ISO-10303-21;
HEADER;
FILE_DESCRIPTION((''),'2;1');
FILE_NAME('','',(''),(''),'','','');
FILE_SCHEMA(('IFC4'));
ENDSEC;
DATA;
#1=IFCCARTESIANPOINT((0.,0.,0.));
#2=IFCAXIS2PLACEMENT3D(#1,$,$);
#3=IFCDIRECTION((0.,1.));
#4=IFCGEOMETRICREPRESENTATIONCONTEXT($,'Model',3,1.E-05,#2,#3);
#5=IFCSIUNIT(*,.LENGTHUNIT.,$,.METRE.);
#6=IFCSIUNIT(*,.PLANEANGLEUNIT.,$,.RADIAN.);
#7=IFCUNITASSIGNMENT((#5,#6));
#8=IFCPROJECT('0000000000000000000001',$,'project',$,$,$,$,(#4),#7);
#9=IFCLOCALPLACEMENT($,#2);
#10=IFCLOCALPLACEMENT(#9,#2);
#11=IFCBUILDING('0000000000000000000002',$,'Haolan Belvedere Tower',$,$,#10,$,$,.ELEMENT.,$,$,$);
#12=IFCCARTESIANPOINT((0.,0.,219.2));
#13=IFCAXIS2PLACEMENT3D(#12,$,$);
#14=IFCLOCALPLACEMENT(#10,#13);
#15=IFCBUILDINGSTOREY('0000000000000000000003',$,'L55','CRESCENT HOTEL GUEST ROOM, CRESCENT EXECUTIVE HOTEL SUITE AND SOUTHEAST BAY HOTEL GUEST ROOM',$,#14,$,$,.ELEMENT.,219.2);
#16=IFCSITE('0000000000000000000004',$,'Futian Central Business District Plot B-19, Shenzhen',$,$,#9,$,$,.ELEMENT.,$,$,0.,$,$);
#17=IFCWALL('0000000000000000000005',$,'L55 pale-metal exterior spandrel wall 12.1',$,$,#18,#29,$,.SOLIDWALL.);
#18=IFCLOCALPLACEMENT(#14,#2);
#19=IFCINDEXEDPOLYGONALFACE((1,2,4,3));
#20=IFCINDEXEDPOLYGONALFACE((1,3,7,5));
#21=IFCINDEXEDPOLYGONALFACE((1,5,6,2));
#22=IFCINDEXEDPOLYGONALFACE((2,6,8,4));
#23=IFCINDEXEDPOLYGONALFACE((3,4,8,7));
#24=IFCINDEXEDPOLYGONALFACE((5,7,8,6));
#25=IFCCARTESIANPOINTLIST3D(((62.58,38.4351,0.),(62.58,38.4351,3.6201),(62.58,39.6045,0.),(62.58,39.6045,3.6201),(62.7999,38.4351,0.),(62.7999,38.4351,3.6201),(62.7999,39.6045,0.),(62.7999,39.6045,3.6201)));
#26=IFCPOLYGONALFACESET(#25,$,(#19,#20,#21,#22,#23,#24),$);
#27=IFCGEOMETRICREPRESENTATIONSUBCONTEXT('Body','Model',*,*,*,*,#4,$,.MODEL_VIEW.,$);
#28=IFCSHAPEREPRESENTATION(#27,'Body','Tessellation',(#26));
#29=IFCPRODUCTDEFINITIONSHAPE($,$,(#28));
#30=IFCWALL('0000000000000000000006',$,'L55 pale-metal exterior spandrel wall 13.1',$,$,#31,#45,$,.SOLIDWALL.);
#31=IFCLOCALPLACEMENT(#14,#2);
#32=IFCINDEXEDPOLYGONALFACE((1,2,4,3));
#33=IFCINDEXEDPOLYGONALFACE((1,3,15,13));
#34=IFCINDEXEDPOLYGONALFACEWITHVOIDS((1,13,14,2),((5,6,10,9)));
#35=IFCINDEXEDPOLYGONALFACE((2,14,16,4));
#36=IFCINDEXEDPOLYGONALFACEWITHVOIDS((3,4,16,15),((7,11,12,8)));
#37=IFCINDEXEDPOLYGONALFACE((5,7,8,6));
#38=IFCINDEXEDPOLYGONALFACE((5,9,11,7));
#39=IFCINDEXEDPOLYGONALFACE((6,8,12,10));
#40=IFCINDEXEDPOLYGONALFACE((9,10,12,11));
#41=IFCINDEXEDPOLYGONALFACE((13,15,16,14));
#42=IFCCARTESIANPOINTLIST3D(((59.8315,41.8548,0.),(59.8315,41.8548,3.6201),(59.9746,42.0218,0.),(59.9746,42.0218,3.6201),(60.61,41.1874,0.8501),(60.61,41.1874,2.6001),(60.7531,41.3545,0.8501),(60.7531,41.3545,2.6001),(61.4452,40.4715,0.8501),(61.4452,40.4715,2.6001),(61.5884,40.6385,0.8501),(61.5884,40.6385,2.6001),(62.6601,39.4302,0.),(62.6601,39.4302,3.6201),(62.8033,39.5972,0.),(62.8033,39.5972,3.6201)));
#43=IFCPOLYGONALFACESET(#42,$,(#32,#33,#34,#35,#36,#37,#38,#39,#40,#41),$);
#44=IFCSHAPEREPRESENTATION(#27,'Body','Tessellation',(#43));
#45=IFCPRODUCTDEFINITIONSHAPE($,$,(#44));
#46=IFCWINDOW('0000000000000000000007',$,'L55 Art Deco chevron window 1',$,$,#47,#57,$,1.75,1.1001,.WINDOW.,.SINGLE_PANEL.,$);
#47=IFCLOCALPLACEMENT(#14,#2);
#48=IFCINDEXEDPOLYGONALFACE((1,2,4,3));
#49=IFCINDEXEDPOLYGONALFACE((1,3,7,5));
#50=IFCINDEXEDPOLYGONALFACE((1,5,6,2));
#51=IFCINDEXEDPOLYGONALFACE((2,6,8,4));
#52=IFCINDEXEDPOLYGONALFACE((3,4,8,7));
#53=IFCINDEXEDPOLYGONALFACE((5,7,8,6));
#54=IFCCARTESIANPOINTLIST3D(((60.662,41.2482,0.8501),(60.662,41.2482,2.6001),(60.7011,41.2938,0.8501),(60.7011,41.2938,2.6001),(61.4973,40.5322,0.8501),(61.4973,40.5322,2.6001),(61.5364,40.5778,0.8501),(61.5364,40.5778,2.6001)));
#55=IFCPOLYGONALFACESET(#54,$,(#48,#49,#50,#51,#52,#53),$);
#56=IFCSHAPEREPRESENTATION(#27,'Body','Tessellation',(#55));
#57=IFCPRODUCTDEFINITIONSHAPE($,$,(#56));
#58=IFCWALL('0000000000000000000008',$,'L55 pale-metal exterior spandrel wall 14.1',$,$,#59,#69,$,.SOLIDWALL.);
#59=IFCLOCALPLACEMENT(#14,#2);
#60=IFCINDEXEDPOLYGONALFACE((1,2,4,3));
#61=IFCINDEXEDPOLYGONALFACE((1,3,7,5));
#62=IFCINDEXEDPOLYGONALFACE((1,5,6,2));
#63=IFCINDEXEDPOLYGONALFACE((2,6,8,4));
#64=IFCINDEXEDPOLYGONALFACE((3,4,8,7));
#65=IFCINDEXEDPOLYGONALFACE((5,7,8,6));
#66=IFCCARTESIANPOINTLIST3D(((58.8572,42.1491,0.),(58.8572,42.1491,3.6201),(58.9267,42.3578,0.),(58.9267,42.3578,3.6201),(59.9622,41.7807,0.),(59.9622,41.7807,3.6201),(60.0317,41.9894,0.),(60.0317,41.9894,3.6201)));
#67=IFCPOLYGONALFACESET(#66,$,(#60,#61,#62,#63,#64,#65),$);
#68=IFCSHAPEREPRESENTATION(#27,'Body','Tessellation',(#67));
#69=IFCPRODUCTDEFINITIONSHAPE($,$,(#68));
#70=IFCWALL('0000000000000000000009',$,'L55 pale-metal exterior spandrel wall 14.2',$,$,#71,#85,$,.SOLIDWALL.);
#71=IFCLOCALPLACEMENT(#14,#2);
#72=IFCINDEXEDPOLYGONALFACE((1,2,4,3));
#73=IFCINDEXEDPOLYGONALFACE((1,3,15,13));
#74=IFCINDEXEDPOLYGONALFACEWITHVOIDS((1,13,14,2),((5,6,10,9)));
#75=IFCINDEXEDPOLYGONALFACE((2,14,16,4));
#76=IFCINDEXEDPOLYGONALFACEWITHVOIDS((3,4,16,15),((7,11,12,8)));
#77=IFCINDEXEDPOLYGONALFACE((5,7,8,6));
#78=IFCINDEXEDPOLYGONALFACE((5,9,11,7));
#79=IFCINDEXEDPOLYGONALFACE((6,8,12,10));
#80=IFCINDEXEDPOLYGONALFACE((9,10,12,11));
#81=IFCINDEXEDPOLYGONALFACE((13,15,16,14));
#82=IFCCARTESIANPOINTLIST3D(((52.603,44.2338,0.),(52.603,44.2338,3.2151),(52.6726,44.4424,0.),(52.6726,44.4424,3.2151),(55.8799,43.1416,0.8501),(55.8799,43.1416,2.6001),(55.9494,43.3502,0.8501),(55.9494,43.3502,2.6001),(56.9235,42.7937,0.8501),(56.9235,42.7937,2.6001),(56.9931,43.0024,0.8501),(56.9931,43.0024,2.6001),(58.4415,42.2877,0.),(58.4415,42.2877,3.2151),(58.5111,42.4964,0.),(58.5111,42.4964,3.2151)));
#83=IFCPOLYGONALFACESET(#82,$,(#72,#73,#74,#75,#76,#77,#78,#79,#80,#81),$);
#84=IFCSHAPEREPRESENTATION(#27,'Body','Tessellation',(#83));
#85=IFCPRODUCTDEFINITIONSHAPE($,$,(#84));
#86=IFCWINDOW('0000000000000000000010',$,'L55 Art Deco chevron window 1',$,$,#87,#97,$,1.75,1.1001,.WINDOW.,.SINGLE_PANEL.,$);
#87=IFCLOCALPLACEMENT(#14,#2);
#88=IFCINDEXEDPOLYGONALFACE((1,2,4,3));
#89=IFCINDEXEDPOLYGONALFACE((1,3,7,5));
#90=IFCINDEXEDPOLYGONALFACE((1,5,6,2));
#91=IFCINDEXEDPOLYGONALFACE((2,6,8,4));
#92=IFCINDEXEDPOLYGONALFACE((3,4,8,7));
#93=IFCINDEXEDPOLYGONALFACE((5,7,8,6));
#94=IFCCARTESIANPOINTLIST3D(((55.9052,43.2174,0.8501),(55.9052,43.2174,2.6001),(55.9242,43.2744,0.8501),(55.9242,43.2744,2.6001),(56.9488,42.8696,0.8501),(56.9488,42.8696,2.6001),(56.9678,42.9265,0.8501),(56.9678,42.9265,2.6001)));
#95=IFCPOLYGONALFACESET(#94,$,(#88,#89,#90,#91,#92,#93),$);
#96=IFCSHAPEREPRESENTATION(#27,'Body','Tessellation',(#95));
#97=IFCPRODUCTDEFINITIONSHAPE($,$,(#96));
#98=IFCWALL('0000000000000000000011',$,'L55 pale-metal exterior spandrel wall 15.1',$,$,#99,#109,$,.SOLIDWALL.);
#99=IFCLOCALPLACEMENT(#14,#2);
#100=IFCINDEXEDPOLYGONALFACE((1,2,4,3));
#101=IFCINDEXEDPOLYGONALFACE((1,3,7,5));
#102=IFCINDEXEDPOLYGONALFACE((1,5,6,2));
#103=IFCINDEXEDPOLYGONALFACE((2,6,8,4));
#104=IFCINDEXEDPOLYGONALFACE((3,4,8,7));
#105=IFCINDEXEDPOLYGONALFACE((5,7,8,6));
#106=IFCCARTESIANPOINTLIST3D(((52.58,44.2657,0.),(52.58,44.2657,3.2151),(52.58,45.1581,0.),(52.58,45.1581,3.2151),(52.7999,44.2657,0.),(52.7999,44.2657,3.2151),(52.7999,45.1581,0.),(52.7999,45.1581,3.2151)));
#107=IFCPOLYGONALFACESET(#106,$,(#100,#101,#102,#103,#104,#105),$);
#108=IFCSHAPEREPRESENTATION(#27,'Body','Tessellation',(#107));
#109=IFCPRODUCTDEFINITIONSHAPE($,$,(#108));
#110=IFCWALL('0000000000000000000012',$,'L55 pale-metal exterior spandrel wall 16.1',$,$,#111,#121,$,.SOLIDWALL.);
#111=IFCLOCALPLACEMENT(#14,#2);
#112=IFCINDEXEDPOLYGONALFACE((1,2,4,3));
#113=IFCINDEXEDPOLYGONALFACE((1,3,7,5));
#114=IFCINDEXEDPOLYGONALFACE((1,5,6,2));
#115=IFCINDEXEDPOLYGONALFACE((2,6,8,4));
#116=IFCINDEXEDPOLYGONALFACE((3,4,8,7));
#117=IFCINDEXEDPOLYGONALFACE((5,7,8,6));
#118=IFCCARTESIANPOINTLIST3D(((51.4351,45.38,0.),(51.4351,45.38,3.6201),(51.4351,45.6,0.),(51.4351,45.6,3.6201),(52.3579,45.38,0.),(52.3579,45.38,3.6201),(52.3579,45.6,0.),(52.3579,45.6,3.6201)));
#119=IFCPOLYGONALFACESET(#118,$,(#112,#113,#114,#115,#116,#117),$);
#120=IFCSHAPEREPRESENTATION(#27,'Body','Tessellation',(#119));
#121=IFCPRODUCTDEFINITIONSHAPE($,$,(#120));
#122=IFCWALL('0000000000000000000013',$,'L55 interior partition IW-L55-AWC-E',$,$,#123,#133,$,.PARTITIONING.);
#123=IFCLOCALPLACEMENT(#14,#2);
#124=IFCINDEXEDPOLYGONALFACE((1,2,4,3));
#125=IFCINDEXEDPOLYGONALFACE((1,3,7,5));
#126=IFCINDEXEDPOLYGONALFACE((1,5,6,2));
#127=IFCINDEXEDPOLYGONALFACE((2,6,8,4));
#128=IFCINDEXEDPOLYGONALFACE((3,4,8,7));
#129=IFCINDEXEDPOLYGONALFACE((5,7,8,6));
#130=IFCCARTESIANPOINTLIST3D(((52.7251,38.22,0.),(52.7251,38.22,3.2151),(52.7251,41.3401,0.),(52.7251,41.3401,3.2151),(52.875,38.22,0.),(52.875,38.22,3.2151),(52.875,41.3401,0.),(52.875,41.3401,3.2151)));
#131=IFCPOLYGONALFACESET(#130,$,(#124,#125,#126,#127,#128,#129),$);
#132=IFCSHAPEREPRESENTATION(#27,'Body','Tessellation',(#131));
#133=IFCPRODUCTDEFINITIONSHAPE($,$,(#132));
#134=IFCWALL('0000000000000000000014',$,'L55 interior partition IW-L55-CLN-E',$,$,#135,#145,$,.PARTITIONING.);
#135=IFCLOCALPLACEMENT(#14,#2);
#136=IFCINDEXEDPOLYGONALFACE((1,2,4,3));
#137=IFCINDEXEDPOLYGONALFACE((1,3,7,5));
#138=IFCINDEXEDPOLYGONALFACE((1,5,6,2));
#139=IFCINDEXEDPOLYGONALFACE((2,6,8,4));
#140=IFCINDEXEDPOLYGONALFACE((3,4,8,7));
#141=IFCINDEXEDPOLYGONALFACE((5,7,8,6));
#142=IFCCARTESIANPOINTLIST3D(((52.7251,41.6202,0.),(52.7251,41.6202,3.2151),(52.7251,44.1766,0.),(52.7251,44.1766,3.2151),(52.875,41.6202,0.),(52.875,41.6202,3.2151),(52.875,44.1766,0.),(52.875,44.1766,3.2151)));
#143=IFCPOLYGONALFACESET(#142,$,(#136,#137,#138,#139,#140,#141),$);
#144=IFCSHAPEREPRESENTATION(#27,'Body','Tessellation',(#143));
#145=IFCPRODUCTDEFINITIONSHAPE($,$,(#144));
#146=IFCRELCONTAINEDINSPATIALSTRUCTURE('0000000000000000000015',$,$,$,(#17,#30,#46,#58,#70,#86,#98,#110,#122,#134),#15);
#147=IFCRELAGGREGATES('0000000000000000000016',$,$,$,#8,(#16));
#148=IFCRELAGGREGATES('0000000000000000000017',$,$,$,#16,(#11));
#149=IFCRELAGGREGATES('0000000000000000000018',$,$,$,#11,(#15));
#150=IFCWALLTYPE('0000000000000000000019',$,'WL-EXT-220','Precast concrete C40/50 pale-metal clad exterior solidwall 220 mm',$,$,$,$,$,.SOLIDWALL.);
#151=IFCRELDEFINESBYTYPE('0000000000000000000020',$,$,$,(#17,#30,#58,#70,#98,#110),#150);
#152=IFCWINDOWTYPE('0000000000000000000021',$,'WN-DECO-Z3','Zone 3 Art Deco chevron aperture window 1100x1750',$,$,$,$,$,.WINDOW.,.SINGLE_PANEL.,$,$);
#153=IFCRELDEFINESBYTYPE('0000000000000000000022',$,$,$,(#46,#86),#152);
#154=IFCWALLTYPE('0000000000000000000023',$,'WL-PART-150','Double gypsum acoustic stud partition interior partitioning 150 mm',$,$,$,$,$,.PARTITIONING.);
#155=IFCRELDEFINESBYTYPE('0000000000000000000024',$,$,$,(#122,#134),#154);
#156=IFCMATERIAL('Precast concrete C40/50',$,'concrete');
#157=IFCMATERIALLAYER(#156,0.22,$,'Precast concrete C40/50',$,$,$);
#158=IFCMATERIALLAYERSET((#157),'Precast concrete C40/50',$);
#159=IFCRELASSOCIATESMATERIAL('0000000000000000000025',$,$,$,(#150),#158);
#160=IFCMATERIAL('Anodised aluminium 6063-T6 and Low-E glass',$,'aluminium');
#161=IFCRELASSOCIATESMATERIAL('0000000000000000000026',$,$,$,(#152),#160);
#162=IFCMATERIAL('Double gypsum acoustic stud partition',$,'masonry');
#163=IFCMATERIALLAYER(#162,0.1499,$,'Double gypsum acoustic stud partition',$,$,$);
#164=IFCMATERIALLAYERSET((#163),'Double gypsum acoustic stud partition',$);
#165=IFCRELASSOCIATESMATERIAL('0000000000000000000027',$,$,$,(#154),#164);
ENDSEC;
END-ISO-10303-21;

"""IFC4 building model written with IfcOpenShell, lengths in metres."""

from ifc_helpers import new_model, si_unit, direction, frame, frame_2d, origin, place, context, subcontext, project, spatial, rectangle, extrude, material, layer, layer_set, type_object, element, fill, save


model = new_model("IFC4")

# Units and contexts
model_context = context("Model", 3, precision=1e-05, world=origin(), true_north=direction((0.0, 1.0)))
body_context = subcontext(model_context, "Body", "Model", "MODEL_VIEW")
ifc_project = project(units=[si_unit("LENGTHUNIT", "METRE"), si_unit("PLANEANGLEUNIT", "RADIAN")], contexts=[model_context])

# Site, building, storey
site_placement = place(None, origin())
site = spatial("IfcSite", under=ifc_project, at=site_placement, Name="Futian Central Business District Plot B-19, Shenzhen", CompositionType="ELEMENT", RefElevation=0.0)
building_placement = place(site_placement, origin())
building = spatial("IfcBuilding", under=site, at=building_placement, Name="Haolan Belvedere Tower", CompositionType="ELEMENT")
storey_placement = place(building_placement, frame((0.0, 0.0, 219.2)))
storey = spatial("IfcBuildingStorey", under=building, at=storey_placement, Name="L55", Description="CRESCENT HOTEL GUEST ROOM, CRESCENT EXECUTIVE HOTEL SUITE AND SOUTHEAST BAY HOTEL GUEST ROOM", CompositionType="ELEMENT", Elevation=219.2)

# Wall
ifc_material_1 = material(Name="Precast concrete C40/50", Category="concrete")
ifc_layer_1 = layer(ifc_material_1, 0.22, Name="Precast concrete C40/50")
ifc_layer_set_1 = layer_set([ifc_layer_1], Name="Precast concrete C40/50")
wall_type_1 = type_object("IfcWallType", Name="WL-EXT-220", Description="Precast concrete C40/50 pale-metal clad exterior solidwall 220 mm", PredefinedType="SOLIDWALL", material=ifc_layer_set_1)
wall_1_placement = place(storey_placement, frame((62.6899, 38.4351, 0.0), z_axis=(0.0, 0.0, 1.0), x_axis=(0.0, 1.0, 0.0)))
element("IfcWall", 1, at=wall_1_placement, inside=storey, type_object=wall_type_1, Name="L55 pale-metal exterior spandrel wall 12.1", PredefinedType="SOLIDWALL", context=body_context, shape_type="SweptSolid", body=[
    extrude(rectangle(XDim=1.1694, YDim=0.22, at=frame_2d((0.5847, 0.0))), origin(), (0.0, 0.0, 1.0), 3.6201),
])

# Wall, opening, window
wall_2_placement = place(storey_placement, frame((62.7317, 39.5137, 0.0), z_axis=(0.0, 0.0, 1.0), x_axis=(-0.759252, 0.650797, 0.0)))
wall_2 = element("IfcWall", 2, at=wall_2_placement, inside=storey, type_object=wall_type_1, Name="L55 pale-metal exterior spandrel wall 13.1", PredefinedType="SOLIDWALL", context=body_context, shape_type="SweptSolid", body=[
    extrude(rectangle(XDim=3.7256, YDim=0.22, at=frame_2d((1.8628, 0.0))), origin(), (0.0, 0.0, 1.0), 3.6201),
])
opening_1_placement = place(wall_2_placement, frame((1.6001, 0.0, 0.8501)))
opening_1 = element("IfcOpeningElement", 3, at=opening_1_placement, cuts=wall_2, PredefinedType="OPENING", context=body_context, shape_type="SweptSolid", body=[
    extrude(rectangle(XDim=1.1001, YDim=1.75, at=frame_2d((0.55, 0.875))), frame((0.0, 0.1199, 0.0), z_axis=(0.0, -1.0, 0.0), x_axis=(1.0, 0.0, 0.0)), (0.0, 0.0, 1.0), 0.24),
])
ifc_material_2 = material(Name="Anodised aluminium 6063-T6 and Low-E glass", Category="aluminium")
window_type = type_object("IfcWindowType", Name="WN-DECO-Z3", Description="Zone 3 Art Deco chevron aperture window 1100x1750", PartitioningType="SINGLE_PANEL", PredefinedType="WINDOW", material=ifc_material_2)
window_1_placement = place(opening_1_placement, origin())
window_1 = element("IfcWindow", 4, at=window_1_placement, inside=storey, type_object=window_type, Name="L55 Art Deco chevron window 1", OverallHeight=1.75, OverallWidth=1.1001, PartitioningType="SINGLE_PANEL", PredefinedType="WINDOW", context=body_context, shape_type="SweptSolid", body=[
    extrude(rectangle(XDim=1.1001, YDim=1.75, at=frame_2d((0.55, 0.875))), frame((0.0, 0.03, 0.0), z_axis=(0.0, -1.0, 0.0), x_axis=(1.0, 0.0, 0.0)), (0.0, 0.0, 1.0), 0.0601),
])
fill(opening_1, window_1)

# Wall
wall_3_placement = place(storey_placement, frame((59.9971, 41.885, 0.0), z_axis=(0.0, 0.0, 1.0), x_axis=(-0.948662, 0.316291, 0.0)))
element("IfcWall", 5, at=wall_3_placement, inside=storey, type_object=wall_type_1, Name="L55 pale-metal exterior spandrel wall 14.1", PredefinedType="SOLIDWALL", context=body_context, shape_type="SweptSolid", body=[
    extrude(rectangle(XDim=1.1648, YDim=0.22, at=frame_2d((0.5825, 0.0))), origin(), (0.0, 0.0, 1.0), 3.6201),
])

# Wall, opening, window
wall_4_placement = place(storey_placement, frame((58.4763, 42.3921, 0.0), z_axis=(0.0, 0.0, 1.0), x_axis=(-0.948691, 0.316204, 0.0)))
wall_4 = element("IfcWall", 6, at=wall_4_placement, inside=storey, type_object=wall_type_1, Name="L55 pale-metal exterior spandrel wall 14.2", PredefinedType="SOLIDWALL", context=body_context, shape_type="SweptSolid", body=[
    extrude(rectangle(XDim=6.1543, YDim=0.22, at=frame_2d((3.0771, 0.0))), origin(), (0.0, 0.0, 1.0), 3.2151),
])
opening_2_placement = place(wall_4_placement, frame((1.6001, 0.0, 0.8501)))
opening_2 = element("IfcOpeningElement", 7, at=opening_2_placement, cuts=wall_4, PredefinedType="OPENING", context=body_context, shape_type="SweptSolid", body=[
    extrude(rectangle(XDim=1.1001, YDim=1.75, at=frame_2d((0.55, 0.875))), frame((0.0, 0.1199, 0.0), z_axis=(0.0, -1.0, 0.0), x_axis=(1.0, 0.0, 0.0)), (0.0, 0.0, 1.0), 0.24),
])
window_2_placement = place(opening_2_placement, origin())
window_2 = element("IfcWindow", 8, at=window_2_placement, inside=storey, type_object=window_type, Name="L55 Art Deco chevron window 1", OverallHeight=1.75, OverallWidth=1.1001, PartitioningType="SINGLE_PANEL", PredefinedType="WINDOW", context=body_context, shape_type="SweptSolid", body=[
    extrude(rectangle(XDim=1.1001, YDim=1.75, at=frame_2d((0.55, 0.875))), frame((0.0, 0.03, 0.0), z_axis=(0.0, -1.0, 0.0), x_axis=(1.0, 0.0, 0.0)), (0.0, 0.0, 1.0), 0.0601),
])
fill(opening_2, window_2)

# Walls
wall_5_placement = place(storey_placement, frame((52.6899, 44.2656, 0.0), z_axis=(0.0, 0.0, 1.0), x_axis=(0.0, 1.0, 0.0)))
element("IfcWall", 9, at=wall_5_placement, inside=storey, type_object=wall_type_1, Name="L55 pale-metal exterior spandrel wall 15.1", PredefinedType="SOLIDWALL", context=body_context, shape_type="SweptSolid", body=[
    extrude(rectangle(XDim=0.8923, YDim=0.22, at=frame_2d((0.4463, 0.0))), origin(), (0.0, 0.0, 1.0), 3.2151),
])
wall_6_placement = place(storey_placement, frame((52.3579, 45.49, 0.0), z_axis=(0.0, 0.0, 1.0), x_axis=(-1.0, 0.0, 0.0)))
element("IfcWall", 10, at=wall_6_placement, inside=storey, type_object=wall_type_1, Name="L55 pale-metal exterior spandrel wall 16.1", PredefinedType="SOLIDWALL", context=body_context, shape_type="SweptSolid", body=[
    extrude(rectangle(XDim=0.9229, YDim=0.22, at=frame_2d((0.4614, 0.0))), origin(), (0.0, 0.0, 1.0), 3.6201),
])
ifc_material_3 = material(Name="Double gypsum acoustic stud partition", Category="masonry")
ifc_layer_2 = layer(ifc_material_3, 0.1499, Name="Double gypsum acoustic stud partition")
ifc_layer_set_2 = layer_set([ifc_layer_2], Name="Double gypsum acoustic stud partition")
wall_type_2 = type_object("IfcWallType", Name="WL-PART-150", Description="Double gypsum acoustic stud partition interior partitioning 150 mm", PredefinedType="PARTITIONING", material=ifc_layer_set_2)
wall_7_placement = place(storey_placement, frame((52.8, 38.22, 0.0), z_axis=(0.0, 0.0, 1.0), x_axis=(0.0, 1.0, 0.0)))
element("IfcWall", 11, at=wall_7_placement, inside=storey, type_object=wall_type_2, Name="L55 interior partition IW-L55-AWC-E", PredefinedType="PARTITIONING", context=body_context, shape_type="SweptSolid", body=[
    extrude(rectangle(XDim=3.1201, YDim=0.1499, at=frame_2d((1.5601, 0.0))), origin(), (0.0, 0.0, 1.0), 3.2151),
])
wall_8_placement = place(storey_placement, frame((52.8, 41.6201, 0.0), z_axis=(0.0, 0.0, 1.0), x_axis=(0.0, 1.0, 0.0)))
element("IfcWall", 12, at=wall_8_placement, inside=storey, type_object=wall_type_2, Name="L55 interior partition IW-L55-CLN-E", PredefinedType="PARTITIONING", context=body_context, shape_type="SweptSolid", body=[
    extrude(rectangle(XDim=2.5564, YDim=0.1499, at=frame_2d((1.2783, 0.0))), origin(), (0.0, 0.0, 1.0), 3.2151),
])

save(model, "model.ifc")
